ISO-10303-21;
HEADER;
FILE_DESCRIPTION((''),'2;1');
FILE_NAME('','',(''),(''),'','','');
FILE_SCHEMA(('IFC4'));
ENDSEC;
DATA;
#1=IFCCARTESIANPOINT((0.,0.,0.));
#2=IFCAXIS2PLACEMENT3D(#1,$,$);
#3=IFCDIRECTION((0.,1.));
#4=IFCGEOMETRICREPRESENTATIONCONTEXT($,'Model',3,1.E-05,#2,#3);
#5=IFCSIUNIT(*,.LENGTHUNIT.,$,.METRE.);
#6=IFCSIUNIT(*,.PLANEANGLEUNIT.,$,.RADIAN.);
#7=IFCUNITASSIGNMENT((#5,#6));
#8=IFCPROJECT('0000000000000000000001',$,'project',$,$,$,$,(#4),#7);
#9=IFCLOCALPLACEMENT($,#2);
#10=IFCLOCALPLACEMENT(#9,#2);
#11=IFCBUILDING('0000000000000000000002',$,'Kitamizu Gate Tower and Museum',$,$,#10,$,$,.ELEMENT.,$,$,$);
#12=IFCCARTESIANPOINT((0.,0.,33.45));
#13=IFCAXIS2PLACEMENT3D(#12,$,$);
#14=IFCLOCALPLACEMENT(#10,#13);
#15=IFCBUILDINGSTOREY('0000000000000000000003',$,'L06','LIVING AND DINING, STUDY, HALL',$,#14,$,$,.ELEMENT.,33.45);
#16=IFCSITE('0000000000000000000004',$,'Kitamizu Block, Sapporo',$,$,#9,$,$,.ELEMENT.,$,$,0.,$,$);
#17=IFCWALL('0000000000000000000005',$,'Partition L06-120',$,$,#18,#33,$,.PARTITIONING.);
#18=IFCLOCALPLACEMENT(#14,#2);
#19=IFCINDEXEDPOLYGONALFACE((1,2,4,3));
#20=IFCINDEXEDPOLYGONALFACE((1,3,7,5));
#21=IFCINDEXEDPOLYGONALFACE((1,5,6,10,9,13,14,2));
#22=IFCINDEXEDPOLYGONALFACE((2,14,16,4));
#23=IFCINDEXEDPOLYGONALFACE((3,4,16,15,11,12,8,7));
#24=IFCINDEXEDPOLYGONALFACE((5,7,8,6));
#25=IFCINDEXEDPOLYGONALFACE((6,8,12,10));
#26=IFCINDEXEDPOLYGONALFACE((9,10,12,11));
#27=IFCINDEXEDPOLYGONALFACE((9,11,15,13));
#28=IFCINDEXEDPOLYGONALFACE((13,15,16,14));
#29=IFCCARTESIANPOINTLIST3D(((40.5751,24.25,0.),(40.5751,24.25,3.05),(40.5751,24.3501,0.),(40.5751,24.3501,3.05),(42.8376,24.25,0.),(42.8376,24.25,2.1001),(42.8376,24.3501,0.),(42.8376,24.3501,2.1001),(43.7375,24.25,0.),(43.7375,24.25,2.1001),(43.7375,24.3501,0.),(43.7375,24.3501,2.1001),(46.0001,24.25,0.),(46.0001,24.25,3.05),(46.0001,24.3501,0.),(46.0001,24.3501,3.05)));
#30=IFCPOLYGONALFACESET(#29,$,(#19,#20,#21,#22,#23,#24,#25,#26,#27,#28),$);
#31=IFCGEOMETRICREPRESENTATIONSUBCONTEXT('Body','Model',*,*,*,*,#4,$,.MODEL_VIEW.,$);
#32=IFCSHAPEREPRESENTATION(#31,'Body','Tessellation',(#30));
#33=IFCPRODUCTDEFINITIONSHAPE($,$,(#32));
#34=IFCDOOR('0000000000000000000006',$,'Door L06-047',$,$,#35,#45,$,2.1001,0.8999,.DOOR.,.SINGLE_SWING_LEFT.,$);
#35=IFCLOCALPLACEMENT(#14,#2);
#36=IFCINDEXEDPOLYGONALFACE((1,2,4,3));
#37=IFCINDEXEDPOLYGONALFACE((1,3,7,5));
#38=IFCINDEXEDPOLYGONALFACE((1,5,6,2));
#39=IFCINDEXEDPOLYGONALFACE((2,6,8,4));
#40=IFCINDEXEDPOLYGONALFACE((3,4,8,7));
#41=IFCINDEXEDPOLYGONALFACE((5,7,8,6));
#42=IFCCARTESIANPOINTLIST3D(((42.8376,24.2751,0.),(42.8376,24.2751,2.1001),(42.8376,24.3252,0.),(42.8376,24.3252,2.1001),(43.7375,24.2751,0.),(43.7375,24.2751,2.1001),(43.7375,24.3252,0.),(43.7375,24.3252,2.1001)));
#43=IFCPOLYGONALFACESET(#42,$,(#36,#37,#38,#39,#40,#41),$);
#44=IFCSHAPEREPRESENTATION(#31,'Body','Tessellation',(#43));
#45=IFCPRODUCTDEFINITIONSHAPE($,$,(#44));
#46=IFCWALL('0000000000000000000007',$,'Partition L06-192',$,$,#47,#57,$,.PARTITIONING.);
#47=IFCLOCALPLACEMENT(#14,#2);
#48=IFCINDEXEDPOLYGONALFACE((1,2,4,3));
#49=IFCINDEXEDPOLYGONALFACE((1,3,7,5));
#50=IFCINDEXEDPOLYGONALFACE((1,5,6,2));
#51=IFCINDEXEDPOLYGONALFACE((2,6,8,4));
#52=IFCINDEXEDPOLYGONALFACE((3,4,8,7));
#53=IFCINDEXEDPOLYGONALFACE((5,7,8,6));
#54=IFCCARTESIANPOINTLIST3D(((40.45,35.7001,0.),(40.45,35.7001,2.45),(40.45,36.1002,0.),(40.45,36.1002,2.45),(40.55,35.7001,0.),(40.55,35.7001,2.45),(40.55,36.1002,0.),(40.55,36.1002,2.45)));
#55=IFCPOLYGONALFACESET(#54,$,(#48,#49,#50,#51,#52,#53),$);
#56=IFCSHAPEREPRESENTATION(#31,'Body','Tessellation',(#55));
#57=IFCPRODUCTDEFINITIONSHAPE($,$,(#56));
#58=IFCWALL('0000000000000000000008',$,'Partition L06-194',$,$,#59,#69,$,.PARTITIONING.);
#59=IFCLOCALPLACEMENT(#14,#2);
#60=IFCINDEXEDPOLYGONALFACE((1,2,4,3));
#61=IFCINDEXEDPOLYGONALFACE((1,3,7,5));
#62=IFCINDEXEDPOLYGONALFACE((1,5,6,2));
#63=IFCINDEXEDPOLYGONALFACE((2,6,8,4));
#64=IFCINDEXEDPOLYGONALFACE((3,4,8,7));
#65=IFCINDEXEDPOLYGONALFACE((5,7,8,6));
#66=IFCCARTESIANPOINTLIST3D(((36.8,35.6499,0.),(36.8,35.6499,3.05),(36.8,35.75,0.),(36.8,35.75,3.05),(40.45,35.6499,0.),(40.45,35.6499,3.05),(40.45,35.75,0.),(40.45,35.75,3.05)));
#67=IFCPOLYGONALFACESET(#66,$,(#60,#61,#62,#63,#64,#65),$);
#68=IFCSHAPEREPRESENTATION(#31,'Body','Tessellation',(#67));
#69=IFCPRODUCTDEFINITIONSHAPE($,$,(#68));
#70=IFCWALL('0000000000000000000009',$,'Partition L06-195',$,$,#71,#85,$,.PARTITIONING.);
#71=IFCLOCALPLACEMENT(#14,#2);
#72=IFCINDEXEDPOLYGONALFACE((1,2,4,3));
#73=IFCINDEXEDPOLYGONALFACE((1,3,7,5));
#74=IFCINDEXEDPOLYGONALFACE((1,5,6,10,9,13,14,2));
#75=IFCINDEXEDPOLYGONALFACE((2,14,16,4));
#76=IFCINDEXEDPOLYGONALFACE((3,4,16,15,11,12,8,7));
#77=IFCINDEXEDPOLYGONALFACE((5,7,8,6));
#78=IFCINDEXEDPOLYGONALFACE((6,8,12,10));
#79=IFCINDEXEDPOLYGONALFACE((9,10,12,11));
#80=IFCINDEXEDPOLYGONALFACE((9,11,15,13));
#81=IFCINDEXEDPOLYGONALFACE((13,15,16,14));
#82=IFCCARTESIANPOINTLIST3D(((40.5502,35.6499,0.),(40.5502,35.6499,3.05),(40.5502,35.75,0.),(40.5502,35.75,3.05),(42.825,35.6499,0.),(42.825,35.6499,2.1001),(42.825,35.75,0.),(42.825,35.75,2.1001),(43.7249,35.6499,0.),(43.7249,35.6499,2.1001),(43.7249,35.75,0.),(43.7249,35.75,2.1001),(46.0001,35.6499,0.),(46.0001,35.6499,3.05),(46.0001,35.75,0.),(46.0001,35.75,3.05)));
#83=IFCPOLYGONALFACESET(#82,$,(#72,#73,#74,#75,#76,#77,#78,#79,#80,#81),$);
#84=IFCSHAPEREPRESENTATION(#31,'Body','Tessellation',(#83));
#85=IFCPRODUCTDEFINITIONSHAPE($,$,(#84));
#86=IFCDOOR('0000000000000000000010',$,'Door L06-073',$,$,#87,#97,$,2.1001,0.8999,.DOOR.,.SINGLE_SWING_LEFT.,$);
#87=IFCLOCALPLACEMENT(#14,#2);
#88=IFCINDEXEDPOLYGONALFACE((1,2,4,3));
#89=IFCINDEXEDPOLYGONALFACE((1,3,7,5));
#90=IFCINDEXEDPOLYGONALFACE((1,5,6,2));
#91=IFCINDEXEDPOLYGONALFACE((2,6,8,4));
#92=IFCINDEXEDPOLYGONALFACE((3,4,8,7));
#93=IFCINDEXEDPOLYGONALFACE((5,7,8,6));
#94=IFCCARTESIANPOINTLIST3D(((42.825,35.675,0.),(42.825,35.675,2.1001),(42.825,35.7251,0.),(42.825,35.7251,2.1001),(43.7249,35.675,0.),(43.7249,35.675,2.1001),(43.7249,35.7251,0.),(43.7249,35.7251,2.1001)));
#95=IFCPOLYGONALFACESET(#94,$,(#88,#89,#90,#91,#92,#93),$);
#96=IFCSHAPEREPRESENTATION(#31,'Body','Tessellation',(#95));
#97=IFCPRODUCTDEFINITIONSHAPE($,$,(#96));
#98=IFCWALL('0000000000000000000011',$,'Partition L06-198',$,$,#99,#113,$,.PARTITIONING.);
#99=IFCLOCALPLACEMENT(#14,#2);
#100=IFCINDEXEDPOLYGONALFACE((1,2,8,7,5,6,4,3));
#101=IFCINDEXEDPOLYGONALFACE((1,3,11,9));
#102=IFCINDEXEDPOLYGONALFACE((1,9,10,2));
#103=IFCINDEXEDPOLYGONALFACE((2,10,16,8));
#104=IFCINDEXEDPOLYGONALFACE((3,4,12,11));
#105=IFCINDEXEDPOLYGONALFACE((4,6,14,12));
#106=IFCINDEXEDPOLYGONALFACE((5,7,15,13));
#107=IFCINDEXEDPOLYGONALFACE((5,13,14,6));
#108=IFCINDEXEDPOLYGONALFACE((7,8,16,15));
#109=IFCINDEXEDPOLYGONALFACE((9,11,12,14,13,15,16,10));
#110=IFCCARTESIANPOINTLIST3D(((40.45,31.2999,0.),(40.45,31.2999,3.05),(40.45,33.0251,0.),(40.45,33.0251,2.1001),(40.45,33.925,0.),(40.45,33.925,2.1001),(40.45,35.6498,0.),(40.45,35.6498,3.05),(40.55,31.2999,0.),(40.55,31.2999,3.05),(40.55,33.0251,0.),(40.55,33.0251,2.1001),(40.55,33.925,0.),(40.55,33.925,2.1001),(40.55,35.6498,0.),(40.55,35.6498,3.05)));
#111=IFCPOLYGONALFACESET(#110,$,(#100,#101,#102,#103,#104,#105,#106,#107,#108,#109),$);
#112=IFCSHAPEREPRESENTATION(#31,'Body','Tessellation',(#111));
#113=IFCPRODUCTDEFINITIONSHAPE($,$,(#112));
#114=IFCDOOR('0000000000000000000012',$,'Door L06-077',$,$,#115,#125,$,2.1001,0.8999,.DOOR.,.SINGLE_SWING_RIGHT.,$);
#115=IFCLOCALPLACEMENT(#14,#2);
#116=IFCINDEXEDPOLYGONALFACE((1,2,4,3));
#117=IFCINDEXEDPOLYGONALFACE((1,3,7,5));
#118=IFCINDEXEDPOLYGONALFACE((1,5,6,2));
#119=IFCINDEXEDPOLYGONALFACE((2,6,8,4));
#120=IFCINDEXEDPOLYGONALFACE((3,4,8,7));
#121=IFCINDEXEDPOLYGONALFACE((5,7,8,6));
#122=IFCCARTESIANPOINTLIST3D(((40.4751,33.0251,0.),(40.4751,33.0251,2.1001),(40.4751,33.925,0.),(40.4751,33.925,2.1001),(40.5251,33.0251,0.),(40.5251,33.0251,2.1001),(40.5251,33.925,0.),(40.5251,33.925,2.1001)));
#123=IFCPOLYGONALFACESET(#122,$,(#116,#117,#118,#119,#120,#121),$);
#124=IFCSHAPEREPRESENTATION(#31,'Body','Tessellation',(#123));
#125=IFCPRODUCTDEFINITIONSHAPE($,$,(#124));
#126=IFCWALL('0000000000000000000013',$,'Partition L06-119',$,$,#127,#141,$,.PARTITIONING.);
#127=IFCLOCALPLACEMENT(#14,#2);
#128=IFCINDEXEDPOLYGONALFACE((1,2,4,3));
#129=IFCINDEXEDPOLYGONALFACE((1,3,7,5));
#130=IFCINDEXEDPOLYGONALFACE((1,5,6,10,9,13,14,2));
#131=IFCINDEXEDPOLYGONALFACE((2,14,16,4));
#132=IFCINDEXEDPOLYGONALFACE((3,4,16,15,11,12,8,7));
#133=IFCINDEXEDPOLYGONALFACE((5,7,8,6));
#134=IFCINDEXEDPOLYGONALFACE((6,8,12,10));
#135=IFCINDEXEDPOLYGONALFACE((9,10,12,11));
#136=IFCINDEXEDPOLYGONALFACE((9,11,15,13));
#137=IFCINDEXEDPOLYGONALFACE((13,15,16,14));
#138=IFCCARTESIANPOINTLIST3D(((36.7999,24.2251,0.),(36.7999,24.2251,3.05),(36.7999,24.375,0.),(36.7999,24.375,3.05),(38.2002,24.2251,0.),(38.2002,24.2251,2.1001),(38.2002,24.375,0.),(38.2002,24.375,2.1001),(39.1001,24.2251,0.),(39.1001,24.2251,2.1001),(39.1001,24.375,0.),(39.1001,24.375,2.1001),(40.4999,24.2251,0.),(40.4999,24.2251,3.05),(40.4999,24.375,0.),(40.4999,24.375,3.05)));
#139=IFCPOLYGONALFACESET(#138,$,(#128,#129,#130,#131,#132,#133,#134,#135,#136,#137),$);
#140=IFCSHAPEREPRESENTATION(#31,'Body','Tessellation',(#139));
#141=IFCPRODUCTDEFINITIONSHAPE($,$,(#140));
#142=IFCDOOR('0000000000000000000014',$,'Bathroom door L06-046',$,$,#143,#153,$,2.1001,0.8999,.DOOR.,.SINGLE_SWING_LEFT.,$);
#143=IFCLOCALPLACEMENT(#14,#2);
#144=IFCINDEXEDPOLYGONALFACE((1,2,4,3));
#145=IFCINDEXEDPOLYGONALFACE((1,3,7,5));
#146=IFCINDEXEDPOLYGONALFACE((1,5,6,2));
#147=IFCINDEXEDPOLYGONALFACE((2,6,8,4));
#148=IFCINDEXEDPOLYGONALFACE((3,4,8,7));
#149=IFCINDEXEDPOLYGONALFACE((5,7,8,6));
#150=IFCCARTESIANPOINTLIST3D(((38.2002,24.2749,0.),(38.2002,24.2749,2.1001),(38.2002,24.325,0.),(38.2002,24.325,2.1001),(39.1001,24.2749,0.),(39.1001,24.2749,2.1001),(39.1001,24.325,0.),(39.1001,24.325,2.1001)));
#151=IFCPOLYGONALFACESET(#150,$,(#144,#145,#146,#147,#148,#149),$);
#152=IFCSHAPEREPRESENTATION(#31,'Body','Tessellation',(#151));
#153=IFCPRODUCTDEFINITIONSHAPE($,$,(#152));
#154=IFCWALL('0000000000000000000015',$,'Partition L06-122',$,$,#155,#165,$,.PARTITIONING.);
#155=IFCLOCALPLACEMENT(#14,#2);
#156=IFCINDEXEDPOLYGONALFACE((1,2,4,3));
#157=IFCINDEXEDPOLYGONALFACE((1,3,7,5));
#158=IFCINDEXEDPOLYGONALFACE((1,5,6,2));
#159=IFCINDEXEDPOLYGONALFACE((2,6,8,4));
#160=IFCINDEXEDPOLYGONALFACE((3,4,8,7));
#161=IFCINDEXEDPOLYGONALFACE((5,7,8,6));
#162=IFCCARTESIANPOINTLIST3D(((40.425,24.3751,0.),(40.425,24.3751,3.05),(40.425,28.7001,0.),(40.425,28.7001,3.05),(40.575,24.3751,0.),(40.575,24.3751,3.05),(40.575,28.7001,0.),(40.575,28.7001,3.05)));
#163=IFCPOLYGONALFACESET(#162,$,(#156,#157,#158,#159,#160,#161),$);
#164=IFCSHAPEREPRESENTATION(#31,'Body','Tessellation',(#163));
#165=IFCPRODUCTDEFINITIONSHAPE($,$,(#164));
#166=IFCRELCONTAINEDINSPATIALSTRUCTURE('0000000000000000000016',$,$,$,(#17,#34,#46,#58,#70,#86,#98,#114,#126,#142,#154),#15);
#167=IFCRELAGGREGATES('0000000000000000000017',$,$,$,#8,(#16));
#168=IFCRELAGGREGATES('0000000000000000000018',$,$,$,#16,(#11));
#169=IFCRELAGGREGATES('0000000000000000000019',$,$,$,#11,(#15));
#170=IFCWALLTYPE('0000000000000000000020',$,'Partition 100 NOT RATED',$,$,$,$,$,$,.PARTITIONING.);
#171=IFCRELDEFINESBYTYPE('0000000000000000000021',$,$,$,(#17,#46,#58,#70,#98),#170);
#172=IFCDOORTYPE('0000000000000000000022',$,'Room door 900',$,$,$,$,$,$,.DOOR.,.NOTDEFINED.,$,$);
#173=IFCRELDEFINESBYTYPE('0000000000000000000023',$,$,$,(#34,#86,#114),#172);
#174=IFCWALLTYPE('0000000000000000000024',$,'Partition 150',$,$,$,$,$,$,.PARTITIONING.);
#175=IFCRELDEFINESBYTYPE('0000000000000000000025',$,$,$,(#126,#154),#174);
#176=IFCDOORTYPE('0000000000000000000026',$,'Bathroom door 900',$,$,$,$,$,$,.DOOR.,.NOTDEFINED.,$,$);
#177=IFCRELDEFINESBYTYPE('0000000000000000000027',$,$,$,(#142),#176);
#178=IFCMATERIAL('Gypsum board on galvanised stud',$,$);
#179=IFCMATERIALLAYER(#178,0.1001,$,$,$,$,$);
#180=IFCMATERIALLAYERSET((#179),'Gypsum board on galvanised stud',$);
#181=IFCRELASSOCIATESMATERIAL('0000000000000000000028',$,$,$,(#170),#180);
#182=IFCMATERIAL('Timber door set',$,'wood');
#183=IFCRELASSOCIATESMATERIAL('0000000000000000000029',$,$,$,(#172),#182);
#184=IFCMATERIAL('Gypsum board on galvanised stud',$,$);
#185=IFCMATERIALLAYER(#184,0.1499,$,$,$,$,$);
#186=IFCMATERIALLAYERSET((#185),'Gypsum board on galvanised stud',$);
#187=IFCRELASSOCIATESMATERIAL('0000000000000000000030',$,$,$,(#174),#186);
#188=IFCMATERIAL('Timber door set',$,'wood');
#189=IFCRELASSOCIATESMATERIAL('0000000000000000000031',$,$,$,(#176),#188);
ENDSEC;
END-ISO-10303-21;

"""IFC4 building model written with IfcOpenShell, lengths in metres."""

from ifc_helpers import new_model, si_unit, direction, frame, frame_2d, origin, place, context, subcontext, project, spatial, rectangle, extrude, material, layer, layer_set, type_object, element, fill, save


model = new_model("IFC4")

# Units and contexts
model_context = context("Model", 3, precision=1e-05, world=origin(), true_north=direction((0.0, 1.0)))
body_context = subcontext(model_context, "Body", "Model", "MODEL_VIEW")
ifc_project = project(units=[si_unit("LENGTHUNIT", "METRE"), si_unit("PLANEANGLEUNIT", "RADIAN")], contexts=[model_context])

# Site, building, storey
site_placement = place(None, origin())
site = spatial("IfcSite", under=ifc_project, at=site_placement, Name="Kitamizu Block, Sapporo", CompositionType="ELEMENT", RefElevation=0.0)
building_placement = place(site_placement, origin())
building = spatial("IfcBuilding", under=site, at=building_placement, Name="Kitamizu Gate Tower and Museum", CompositionType="ELEMENT")
storey_placement = place(building_placement, frame((0.0, 0.0, 33.45)))
storey = spatial("IfcBuildingStorey", under=building, at=storey_placement, Name="L06", Description="LIVING AND DINING, STUDY, HALL", CompositionType="ELEMENT", Elevation=33.45)

# Wall, opening, door
ifc_material_1 = material(Name="Gypsum board on galvanised stud")
ifc_layer_1 = layer(ifc_material_1, 0.1001)
ifc_layer_set_1 = layer_set([ifc_layer_1], Name="Gypsum board on galvanised stud")
wall_type_1 = type_object("IfcWallType", Name="Partition 100 NOT RATED", PredefinedType="PARTITIONING", material=ifc_layer_set_1)
wall_1_placement = place(storey_placement, frame((46.0, 24.3, 0.0), z_axis=(0.0, 0.0, 1.0), x_axis=(-1.0, 0.0, 0.0)))
wall_1 = element("IfcWall", 1, at=wall_1_placement, inside=storey, type_object=wall_type_1, Name="Partition L06-120", PredefinedType="PARTITIONING", context=body_context, shape_type="SweptSolid", body=[
    extrude(rectangle(XDim=5.425, YDim=0.1001, at=frame_2d((2.7124, 0.0))), origin(), (0.0, 0.0, 1.0), 3.05),
])
opening_1_placement = place(wall_1_placement, frame((2.2625, 0.0, 0.0)))
opening_1 = element("IfcOpeningElement", 2, at=opening_1_placement, cuts=wall_1, PredefinedType="OPENING", context=body_context, shape_type="SweptSolid", body=[
    extrude(rectangle(XDim=0.8999, YDim=2.1001, at=frame_2d((0.45, 1.05))), frame((0.0, 0.0601, 0.0), z_axis=(0.0, -1.0, 0.0), x_axis=(1.0, 0.0, 0.0)), (0.0, 0.0, 1.0), 0.1201),
])
ifc_material_2 = material(Name="Timber door set", Category="wood")
door_type_1 = type_object("IfcDoorType", Name="Room door 900", OperationType="NOTDEFINED", PredefinedType="DOOR", material=ifc_material_2)
door_1_placement = place(opening_1_placement, origin())
door_1 = element("IfcDoor", 3, at=door_1_placement, inside=storey, type_object=door_type_1, Name="Door L06-047", OperationType="SINGLE_SWING_LEFT", OverallHeight=2.1001, OverallWidth=0.8999, PredefinedType="DOOR", context=body_context, shape_type="SweptSolid", body=[
    extrude(rectangle(XDim=0.8999, YDim=2.1001, at=frame_2d((0.45, 1.05))), frame((0.0, 0.0249, 0.0), z_axis=(0.0, -1.0, 0.0), x_axis=(1.0, 0.0, 0.0)), (0.0, 0.0, 1.0), 0.05),
])
fill(opening_1, door_1)

# Walls
wall_2_placement = place(storey_placement, frame((40.5, 35.7, 0.0), z_axis=(0.0, 0.0, 1.0), x_axis=(0.0, 1.0, 0.0)))
element("IfcWall", 4, at=wall_2_placement, inside=storey, type_object=wall_type_1, Name="Partition L06-192", PredefinedType="PARTITIONING", context=body_context, shape_type="SweptSolid", body=[
    extrude(rectangle(XDim=0.4001, YDim=0.1001, at=frame_2d((0.2002, 0.0))), origin(), (0.0, 0.0, 1.0), 2.45),
])
wall_3_placement = place(storey_placement, frame((36.8, 35.7, 0.0), z_axis=(0.0, 0.0, 1.0), x_axis=(1.0, 0.0, 0.0)))
element("IfcWall", 5, at=wall_3_placement, inside=storey, type_object=wall_type_1, Name="Partition L06-194", PredefinedType="PARTITIONING", context=body_context, shape_type="SweptSolid", body=[
    extrude(rectangle(XDim=3.6499, YDim=0.1001, at=frame_2d((1.825, 0.0))), origin(), (0.0, 0.0, 1.0), 3.05),
])

# Walls, openings, doors
wall_4_placement = place(storey_placement, frame((40.55, 35.7, 0.0), z_axis=(0.0, 0.0, 1.0), x_axis=(1.0, 0.0, 0.0)))
wall_4 = element("IfcWall", 6, at=wall_4_placement, inside=storey, type_object=wall_type_1, Name="Partition L06-195", PredefinedType="PARTITIONING", context=body_context, shape_type="SweptSolid", body=[
    extrude(rectangle(XDim=5.45, YDim=0.1001, at=frame_2d((2.7251, 0.0))), origin(), (0.0, 0.0, 1.0), 3.05),
])
opening_2_placement = place(wall_4_placement, frame((2.2749, 0.0, 0.0)))
opening_2 = element("IfcOpeningElement", 7, at=opening_2_placement, cuts=wall_4, PredefinedType="OPENING", context=body_context, shape_type="SweptSolid", body=[
    extrude(rectangle(XDim=0.8999, YDim=2.1001, at=frame_2d((0.45, 1.05))), frame((0.0, 0.0601, 0.0), z_axis=(0.0, -1.0, 0.0), x_axis=(1.0, 0.0, 0.0)), (0.0, 0.0, 1.0), 0.1201),
])
door_2_placement = place(opening_2_placement, frame((0.8999, 0.0, 0.0), x_axis=(-1.0, 0.0, 0.0)))
door_2 = element("IfcDoor", 8, at=door_2_placement, inside=storey, type_object=door_type_1, Name="Door L06-073", OperationType="SINGLE_SWING_LEFT", OverallHeight=2.1001, OverallWidth=0.8999, PredefinedType="DOOR", context=body_context, shape_type="SweptSolid", body=[
    extrude(rectangle(XDim=0.8999, YDim=2.1001, at=frame_2d((0.45, 1.05))), frame((0.0, 0.0249, 0.0), z_axis=(0.0, -1.0, 0.0), x_axis=(1.0, 0.0, 0.0)), (0.0, 0.0, 1.0), 0.05),
])
fill(opening_2, door_2)
wall_5_placement = place(storey_placement, frame((40.5, 31.3, 0.0), z_axis=(0.0, 0.0, 1.0), x_axis=(0.0, 1.0, 0.0)))
wall_5 = element("IfcWall", 9, at=wall_5_placement, inside=storey, type_object=wall_type_1, Name="Partition L06-198", PredefinedType="PARTITIONING", context=body_context, shape_type="SweptSolid", body=[
    extrude(rectangle(XDim=4.3499, YDim=0.1001, at=frame_2d((2.1748, 0.0))), origin(), (0.0, 0.0, 1.0), 3.05),
])
opening_3_placement = place(wall_5_placement, frame((1.7251, 0.0, 0.0)))
opening_3 = element("IfcOpeningElement", 10, at=opening_3_placement, cuts=wall_5, PredefinedType="OPENING", context=body_context, shape_type="SweptSolid", body=[
    extrude(rectangle(XDim=0.8999, YDim=2.1001, at=frame_2d((0.45, 1.05))), frame((0.0, 0.0601, 0.0), z_axis=(0.0, -1.0, 0.0), x_axis=(1.0, 0.0, 0.0)), (0.0, 0.0, 1.0), 0.1201),
])
door_3_placement = place(opening_3_placement, origin())
door_3 = element("IfcDoor", 11, at=door_3_placement, inside=storey, type_object=door_type_1, Name="Door L06-077", OperationType="SINGLE_SWING_RIGHT", OverallHeight=2.1001, OverallWidth=0.8999, PredefinedType="DOOR", context=body_context, shape_type="SweptSolid", body=[
    extrude(rectangle(XDim=0.8999, YDim=2.1001, at=frame_2d((0.45, 1.05))), frame((0.0, 0.0249, 0.0), z_axis=(0.0, -1.0, 0.0), x_axis=(1.0, 0.0, 0.0)), (0.0, 0.0, 1.0), 0.05),
])
fill(opening_3, door_3)
ifc_material_3 = material(Name="Gypsum board on galvanised stud")
ifc_layer_2 = layer(ifc_material_3, 0.1499)
ifc_layer_set_2 = layer_set([ifc_layer_2], Name="Gypsum board on galvanised stud")
wall_type_2 = type_object("IfcWallType", Name="Partition 150", PredefinedType="PARTITIONING", material=ifc_layer_set_2)
wall_6_placement = place(storey_placement, frame((40.5, 24.3, 0.0), z_axis=(0.0, 0.0, 1.0), x_axis=(-1.0, 0.0, 0.0)))
wall_6 = element("IfcWall", 12, at=wall_6_placement, inside=storey, type_object=wall_type_2, Name="Partition L06-119", PredefinedType="PARTITIONING", context=body_context, shape_type="SweptSolid", body=[
    extrude(rectangle(XDim=3.7, YDim=0.1499, at=frame_2d((1.8501, 0.0))), origin(), (0.0, 0.0, 1.0), 3.05),
])
opening_4_placement = place(wall_6_placement, frame((1.3999, 0.0, 0.0)))
opening_4 = element("IfcOpeningElement", 13, at=opening_4_placement, cuts=wall_6, PredefinedType="OPENING", context=body_context, shape_type="SweptSolid", body=[
    extrude(rectangle(XDim=0.8999, YDim=2.1001, at=frame_2d((0.45, 1.05))), frame((0.0, 0.085, 0.0), z_axis=(0.0, -1.0, 0.0), x_axis=(1.0, 0.0, 0.0)), (0.0, 0.0, 1.0), 0.1699),
])
ifc_material_4 = material(Name="Timber door set", Category="wood")
door_type_2 = type_object("IfcDoorType", Name="Bathroom door 900", OperationType="NOTDEFINED", PredefinedType="DOOR", material=ifc_material_4)
door_4_placement = place(opening_4_placement, frame((0.8999, 0.0, 0.0), x_axis=(-1.0, 0.0, 0.0)))
door_4 = element("IfcDoor", 14, at=door_4_placement, inside=storey, type_object=door_type_2, Name="Bathroom door L06-046", OperationType="SINGLE_SWING_LEFT", OverallHeight=2.1001, OverallWidth=0.8999, PredefinedType="DOOR", context=body_context, shape_type="SweptSolid", body=[
    extrude(rectangle(XDim=0.8999, YDim=2.1001, at=frame_2d((0.45, 1.05))), frame((0.0, 0.0249, 0.0), z_axis=(0.0, -1.0, 0.0), x_axis=(1.0, 0.0, 0.0)), (0.0, 0.0, 1.0), 0.05),
])
fill(opening_4, door_4)

# Wall
wall_7_placement = place(storey_placement, frame((40.5, 24.375, 0.0), z_axis=(0.0, 0.0, 1.0), x_axis=(0.0, 1.0, 0.0)))
element("IfcWall", 15, at=wall_7_placement, inside=storey, type_object=wall_type_2, Name="Partition L06-122", PredefinedType="PARTITIONING", context=body_context, shape_type="SweptSolid", body=[
    extrude(rectangle(XDim=4.325, YDim=0.1499, at=frame_2d((2.1626, 0.0))), origin(), (0.0, 0.0, 1.0), 3.05),
])

save(model, "model.ifc")
